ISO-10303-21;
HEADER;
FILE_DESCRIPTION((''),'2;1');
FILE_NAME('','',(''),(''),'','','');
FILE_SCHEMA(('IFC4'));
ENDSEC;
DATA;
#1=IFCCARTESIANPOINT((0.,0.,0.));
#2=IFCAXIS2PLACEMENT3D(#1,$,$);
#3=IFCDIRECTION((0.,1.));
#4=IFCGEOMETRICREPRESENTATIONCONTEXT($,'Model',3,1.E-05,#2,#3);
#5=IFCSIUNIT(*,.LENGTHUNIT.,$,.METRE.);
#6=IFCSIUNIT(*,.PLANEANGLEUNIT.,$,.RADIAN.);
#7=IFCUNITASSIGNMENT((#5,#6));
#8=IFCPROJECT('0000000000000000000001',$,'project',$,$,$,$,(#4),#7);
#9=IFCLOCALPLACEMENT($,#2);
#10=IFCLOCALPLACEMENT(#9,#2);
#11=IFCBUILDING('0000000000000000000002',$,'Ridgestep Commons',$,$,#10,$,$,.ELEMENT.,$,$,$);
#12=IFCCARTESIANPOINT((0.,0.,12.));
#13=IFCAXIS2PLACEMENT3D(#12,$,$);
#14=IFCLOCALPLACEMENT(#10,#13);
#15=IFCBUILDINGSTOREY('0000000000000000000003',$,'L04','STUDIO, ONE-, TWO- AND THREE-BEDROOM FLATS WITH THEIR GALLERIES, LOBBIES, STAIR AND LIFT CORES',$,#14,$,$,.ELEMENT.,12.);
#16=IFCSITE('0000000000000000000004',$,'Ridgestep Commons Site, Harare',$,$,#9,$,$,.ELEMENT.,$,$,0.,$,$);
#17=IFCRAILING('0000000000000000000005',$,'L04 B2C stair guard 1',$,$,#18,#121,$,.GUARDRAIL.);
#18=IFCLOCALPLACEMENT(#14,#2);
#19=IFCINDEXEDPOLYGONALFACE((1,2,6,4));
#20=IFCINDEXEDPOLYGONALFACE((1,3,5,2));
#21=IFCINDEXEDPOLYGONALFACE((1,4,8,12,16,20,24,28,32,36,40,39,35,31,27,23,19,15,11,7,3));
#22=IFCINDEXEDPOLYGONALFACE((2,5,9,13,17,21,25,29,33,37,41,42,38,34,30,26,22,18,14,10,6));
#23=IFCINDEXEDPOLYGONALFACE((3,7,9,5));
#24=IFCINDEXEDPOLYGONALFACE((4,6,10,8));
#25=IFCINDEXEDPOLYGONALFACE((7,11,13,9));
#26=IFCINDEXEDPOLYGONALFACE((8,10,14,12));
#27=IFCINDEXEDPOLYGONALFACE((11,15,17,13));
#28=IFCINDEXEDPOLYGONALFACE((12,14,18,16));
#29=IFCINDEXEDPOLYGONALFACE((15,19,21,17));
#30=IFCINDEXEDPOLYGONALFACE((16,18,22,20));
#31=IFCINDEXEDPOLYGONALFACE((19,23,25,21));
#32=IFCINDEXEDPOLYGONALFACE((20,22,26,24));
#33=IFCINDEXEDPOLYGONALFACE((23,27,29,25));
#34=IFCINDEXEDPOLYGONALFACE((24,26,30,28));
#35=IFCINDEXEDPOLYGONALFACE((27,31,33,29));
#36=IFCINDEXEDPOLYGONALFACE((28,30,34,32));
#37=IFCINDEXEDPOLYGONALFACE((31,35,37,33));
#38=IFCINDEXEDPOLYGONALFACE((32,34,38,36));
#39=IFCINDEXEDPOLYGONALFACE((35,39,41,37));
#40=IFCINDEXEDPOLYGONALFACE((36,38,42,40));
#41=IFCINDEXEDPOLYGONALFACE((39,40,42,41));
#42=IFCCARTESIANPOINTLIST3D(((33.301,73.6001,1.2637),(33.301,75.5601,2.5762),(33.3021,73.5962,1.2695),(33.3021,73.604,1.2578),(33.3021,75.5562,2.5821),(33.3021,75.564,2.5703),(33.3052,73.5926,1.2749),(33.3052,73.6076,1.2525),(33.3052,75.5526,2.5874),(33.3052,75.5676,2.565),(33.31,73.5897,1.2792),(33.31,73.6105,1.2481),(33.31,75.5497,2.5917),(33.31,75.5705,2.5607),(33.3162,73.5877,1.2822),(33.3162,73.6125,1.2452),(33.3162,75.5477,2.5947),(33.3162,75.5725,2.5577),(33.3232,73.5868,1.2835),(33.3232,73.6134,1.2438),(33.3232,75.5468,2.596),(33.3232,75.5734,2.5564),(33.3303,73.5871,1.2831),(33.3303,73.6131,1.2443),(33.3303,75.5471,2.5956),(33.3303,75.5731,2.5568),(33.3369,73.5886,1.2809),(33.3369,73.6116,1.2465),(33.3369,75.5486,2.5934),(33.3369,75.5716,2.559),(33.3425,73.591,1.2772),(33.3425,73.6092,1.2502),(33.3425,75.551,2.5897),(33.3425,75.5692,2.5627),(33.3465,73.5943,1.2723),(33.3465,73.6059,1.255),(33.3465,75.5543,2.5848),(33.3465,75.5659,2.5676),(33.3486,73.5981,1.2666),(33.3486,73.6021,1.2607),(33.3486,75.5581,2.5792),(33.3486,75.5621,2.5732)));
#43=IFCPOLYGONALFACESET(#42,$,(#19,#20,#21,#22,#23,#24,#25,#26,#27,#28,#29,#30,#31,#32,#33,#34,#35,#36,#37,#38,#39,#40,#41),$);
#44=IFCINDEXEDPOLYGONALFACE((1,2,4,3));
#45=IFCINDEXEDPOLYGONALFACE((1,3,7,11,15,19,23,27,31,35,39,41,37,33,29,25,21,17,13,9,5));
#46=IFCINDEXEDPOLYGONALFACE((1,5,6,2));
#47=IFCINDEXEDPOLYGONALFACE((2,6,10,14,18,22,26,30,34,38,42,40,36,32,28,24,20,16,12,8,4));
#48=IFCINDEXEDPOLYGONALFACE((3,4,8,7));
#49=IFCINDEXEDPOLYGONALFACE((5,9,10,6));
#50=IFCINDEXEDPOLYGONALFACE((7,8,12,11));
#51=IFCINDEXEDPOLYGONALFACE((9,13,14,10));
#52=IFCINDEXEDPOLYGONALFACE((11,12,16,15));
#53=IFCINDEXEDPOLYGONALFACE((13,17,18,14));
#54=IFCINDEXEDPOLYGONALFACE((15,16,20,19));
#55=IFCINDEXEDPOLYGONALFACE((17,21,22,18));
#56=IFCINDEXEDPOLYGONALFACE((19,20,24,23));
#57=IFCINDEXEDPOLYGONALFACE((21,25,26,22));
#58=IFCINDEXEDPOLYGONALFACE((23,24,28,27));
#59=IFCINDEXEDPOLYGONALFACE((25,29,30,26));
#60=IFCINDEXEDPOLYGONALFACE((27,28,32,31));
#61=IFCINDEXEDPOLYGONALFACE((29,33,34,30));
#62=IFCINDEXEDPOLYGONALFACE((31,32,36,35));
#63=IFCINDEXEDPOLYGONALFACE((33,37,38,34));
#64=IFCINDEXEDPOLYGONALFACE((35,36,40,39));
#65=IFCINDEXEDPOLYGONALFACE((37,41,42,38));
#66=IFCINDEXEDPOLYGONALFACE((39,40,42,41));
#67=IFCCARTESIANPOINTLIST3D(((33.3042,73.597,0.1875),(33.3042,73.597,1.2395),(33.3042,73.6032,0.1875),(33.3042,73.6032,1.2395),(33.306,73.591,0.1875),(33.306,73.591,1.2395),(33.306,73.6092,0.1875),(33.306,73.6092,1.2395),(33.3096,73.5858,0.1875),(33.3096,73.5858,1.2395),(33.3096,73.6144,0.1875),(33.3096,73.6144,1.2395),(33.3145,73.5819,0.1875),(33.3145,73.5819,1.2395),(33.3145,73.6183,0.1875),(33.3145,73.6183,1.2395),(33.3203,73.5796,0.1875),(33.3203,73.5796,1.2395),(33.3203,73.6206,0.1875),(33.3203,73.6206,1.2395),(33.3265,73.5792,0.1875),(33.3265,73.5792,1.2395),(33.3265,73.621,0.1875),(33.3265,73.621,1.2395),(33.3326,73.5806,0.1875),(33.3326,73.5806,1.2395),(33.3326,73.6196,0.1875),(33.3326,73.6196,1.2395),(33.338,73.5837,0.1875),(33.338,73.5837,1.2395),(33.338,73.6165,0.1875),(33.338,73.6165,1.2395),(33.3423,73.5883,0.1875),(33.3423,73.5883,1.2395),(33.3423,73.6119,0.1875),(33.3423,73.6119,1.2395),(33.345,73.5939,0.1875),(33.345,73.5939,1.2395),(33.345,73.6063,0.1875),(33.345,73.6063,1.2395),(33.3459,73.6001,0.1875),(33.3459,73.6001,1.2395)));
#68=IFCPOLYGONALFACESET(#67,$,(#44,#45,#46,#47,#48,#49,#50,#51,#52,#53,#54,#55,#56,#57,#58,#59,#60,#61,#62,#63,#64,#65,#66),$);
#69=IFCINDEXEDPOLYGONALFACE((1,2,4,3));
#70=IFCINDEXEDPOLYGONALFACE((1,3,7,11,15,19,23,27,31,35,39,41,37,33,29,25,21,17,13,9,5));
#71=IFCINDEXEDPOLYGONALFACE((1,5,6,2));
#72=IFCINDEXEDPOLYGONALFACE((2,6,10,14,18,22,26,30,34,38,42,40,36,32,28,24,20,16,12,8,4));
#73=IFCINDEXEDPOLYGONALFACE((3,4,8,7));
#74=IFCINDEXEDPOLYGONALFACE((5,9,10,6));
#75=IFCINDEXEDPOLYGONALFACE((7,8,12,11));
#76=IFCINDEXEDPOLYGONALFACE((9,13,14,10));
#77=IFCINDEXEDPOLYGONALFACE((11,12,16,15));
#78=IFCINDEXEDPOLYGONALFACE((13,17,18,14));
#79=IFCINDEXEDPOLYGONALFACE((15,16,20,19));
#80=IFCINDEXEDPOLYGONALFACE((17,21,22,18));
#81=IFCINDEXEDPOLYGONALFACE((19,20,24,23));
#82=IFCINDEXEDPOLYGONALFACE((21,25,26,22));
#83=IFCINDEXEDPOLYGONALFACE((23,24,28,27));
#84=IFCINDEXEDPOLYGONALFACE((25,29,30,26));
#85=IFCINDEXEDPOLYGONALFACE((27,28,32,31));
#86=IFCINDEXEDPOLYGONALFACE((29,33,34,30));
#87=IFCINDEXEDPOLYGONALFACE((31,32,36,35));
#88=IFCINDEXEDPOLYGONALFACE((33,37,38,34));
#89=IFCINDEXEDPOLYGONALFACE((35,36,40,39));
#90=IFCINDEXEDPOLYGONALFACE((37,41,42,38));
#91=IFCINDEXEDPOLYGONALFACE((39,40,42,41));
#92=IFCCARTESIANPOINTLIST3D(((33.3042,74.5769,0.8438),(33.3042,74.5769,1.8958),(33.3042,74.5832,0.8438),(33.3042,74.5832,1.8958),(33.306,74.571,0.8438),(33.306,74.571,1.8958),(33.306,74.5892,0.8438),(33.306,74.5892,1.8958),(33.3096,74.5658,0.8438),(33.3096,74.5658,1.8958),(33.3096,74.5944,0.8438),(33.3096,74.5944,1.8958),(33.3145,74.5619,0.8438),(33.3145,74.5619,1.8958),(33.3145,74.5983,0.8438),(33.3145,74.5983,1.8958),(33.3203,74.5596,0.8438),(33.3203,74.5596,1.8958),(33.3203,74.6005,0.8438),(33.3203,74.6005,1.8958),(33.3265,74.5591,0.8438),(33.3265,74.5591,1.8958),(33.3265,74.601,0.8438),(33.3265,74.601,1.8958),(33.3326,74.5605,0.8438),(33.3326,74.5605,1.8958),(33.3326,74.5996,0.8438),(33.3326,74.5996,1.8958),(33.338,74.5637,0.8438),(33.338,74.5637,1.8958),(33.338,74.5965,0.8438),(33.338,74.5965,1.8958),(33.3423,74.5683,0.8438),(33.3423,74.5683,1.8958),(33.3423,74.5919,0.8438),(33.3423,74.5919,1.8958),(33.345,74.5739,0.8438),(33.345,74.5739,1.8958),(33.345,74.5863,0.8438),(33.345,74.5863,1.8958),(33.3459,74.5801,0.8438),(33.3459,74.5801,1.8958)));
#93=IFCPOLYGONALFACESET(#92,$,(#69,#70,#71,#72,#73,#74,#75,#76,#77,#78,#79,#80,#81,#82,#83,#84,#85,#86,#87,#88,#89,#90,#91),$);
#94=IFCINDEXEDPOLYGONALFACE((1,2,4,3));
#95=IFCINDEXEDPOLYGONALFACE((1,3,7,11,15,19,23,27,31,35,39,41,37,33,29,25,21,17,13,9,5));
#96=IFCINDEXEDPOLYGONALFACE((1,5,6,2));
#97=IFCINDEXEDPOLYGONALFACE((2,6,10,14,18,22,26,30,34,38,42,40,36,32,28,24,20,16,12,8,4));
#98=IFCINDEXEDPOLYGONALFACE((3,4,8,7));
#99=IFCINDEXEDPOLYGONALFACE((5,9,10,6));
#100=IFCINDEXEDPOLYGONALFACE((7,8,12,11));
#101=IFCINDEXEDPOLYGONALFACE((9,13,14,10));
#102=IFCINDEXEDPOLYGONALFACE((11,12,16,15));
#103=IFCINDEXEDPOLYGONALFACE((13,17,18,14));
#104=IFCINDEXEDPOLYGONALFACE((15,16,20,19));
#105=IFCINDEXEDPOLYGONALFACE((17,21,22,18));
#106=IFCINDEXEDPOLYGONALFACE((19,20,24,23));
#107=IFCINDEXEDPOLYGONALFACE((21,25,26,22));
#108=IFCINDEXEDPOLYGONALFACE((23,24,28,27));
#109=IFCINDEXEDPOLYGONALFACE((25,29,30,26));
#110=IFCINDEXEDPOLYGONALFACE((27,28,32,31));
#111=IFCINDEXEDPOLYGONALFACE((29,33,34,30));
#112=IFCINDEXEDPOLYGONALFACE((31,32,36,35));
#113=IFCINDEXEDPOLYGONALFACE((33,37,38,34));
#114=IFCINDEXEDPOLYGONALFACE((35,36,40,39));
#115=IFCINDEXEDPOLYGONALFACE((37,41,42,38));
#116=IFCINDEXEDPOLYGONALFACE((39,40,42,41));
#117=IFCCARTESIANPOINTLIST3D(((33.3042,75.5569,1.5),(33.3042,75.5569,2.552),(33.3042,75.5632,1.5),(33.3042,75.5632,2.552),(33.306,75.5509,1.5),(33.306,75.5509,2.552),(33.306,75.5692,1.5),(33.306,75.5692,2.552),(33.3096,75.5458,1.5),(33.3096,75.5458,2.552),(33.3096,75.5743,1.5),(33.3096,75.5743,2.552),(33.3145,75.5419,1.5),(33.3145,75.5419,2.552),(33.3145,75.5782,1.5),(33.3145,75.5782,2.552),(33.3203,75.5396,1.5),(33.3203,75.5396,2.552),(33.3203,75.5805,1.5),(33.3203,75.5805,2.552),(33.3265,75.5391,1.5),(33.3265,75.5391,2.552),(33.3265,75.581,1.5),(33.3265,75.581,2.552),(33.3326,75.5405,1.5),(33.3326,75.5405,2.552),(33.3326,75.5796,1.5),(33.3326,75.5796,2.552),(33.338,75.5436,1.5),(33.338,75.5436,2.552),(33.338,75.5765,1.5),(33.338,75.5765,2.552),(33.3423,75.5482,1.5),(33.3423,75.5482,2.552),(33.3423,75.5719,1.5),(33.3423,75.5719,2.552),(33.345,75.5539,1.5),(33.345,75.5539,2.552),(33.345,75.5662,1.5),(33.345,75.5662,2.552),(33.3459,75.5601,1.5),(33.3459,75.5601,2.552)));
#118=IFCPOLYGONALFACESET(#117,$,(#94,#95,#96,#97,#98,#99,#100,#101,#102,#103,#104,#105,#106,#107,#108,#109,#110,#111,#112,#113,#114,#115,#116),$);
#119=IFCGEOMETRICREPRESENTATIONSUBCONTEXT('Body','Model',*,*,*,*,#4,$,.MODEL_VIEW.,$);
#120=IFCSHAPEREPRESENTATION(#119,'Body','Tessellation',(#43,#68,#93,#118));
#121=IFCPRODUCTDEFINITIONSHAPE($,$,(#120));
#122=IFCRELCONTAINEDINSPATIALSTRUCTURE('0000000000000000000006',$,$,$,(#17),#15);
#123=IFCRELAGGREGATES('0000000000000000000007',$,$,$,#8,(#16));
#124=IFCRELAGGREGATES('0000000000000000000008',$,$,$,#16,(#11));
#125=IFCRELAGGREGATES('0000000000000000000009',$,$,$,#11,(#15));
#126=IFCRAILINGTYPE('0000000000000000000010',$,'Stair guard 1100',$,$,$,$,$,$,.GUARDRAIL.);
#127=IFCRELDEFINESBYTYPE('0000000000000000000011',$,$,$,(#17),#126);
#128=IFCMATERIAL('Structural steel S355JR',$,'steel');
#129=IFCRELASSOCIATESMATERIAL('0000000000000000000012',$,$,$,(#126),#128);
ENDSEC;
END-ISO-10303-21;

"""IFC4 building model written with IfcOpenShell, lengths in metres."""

from ifc_helpers import new_model, si_unit, direction, frame, origin, origin_2d, place, context, subcontext, project, spatial, circle, extrude, material, type_object, element, save


model = new_model("IFC4")

# Units and contexts
model_context = context("Model", 3, precision=1e-05, world=origin(), true_north=direction((0.0, 1.0)))
body_context = subcontext(model_context, "Body", "Model", "MODEL_VIEW")
ifc_project = project(units=[si_unit("LENGTHUNIT", "METRE"), si_unit("PLANEANGLEUNIT", "RADIAN")], contexts=[model_context])

# Site, building, storey
site_placement = place(None, origin())
site = spatial("IfcSite", under=ifc_project, at=site_placement, Name="Ridgestep Commons Site, Harare", CompositionType="ELEMENT", RefElevation=0.0)
building_placement = place(site_placement, origin())
building = spatial("IfcBuilding", under=site, at=building_placement, Name="Ridgestep Commons", CompositionType="ELEMENT")
storey_placement = place(building_placement, frame((0.0, 0.0, 12.0)))
storey = spatial("IfcBuildingStorey", under=building, at=storey_placement, Name="L04", Description="STUDIO, ONE-, TWO- AND THREE-BEDROOM FLATS WITH THEIR GALLERIES, LOBBIES, STAIR AND LIFT CORES", CompositionType="ELEMENT", Elevation=12.0)

# Railing
ifc_material_1 = material(Name="Structural steel S355JR", Category="steel")
railing_type_1 = type_object("IfcRailingType", Name="Stair guard 1100", PredefinedType="GUARDRAIL", material=ifc_material_1)
railing_1_placement = place(storey_placement, frame((33.325, 73.6001, 0.1875)))
element("IfcRailing", 1, at=railing_1_placement, inside=storey, type_object=railing_type_1, Name="L04 B2C stair guard 1", PredefinedType="GUARDRAIL", context=body_context, shape_type="SweptSolid", body=[
    extrude(circle(Radius=0.0239, at=origin_2d()), frame((0.0, 0.0, 1.0762), z_axis=(0.0, 0.830902, 0.556419), x_axis=(-1.0, 0.0, 0.0)), (0.0, 0.0, 1.0), 2.3589),
    extrude(circle(Radius=0.021, at=origin_2d()), origin(), (0.0, 0.0, 1.0), 1.052),
    extrude(circle(Radius=0.021, at=origin_2d()), frame((0.0, 0.98, 0.6562)), (0.0, 0.0, 1.0), 1.052),
    extrude(circle(Radius=0.021, at=origin_2d()), frame((0.0, 1.96, 1.3125)), (0.0, 0.0, 1.0), 1.052),
])

save(model, "model.ifc")
